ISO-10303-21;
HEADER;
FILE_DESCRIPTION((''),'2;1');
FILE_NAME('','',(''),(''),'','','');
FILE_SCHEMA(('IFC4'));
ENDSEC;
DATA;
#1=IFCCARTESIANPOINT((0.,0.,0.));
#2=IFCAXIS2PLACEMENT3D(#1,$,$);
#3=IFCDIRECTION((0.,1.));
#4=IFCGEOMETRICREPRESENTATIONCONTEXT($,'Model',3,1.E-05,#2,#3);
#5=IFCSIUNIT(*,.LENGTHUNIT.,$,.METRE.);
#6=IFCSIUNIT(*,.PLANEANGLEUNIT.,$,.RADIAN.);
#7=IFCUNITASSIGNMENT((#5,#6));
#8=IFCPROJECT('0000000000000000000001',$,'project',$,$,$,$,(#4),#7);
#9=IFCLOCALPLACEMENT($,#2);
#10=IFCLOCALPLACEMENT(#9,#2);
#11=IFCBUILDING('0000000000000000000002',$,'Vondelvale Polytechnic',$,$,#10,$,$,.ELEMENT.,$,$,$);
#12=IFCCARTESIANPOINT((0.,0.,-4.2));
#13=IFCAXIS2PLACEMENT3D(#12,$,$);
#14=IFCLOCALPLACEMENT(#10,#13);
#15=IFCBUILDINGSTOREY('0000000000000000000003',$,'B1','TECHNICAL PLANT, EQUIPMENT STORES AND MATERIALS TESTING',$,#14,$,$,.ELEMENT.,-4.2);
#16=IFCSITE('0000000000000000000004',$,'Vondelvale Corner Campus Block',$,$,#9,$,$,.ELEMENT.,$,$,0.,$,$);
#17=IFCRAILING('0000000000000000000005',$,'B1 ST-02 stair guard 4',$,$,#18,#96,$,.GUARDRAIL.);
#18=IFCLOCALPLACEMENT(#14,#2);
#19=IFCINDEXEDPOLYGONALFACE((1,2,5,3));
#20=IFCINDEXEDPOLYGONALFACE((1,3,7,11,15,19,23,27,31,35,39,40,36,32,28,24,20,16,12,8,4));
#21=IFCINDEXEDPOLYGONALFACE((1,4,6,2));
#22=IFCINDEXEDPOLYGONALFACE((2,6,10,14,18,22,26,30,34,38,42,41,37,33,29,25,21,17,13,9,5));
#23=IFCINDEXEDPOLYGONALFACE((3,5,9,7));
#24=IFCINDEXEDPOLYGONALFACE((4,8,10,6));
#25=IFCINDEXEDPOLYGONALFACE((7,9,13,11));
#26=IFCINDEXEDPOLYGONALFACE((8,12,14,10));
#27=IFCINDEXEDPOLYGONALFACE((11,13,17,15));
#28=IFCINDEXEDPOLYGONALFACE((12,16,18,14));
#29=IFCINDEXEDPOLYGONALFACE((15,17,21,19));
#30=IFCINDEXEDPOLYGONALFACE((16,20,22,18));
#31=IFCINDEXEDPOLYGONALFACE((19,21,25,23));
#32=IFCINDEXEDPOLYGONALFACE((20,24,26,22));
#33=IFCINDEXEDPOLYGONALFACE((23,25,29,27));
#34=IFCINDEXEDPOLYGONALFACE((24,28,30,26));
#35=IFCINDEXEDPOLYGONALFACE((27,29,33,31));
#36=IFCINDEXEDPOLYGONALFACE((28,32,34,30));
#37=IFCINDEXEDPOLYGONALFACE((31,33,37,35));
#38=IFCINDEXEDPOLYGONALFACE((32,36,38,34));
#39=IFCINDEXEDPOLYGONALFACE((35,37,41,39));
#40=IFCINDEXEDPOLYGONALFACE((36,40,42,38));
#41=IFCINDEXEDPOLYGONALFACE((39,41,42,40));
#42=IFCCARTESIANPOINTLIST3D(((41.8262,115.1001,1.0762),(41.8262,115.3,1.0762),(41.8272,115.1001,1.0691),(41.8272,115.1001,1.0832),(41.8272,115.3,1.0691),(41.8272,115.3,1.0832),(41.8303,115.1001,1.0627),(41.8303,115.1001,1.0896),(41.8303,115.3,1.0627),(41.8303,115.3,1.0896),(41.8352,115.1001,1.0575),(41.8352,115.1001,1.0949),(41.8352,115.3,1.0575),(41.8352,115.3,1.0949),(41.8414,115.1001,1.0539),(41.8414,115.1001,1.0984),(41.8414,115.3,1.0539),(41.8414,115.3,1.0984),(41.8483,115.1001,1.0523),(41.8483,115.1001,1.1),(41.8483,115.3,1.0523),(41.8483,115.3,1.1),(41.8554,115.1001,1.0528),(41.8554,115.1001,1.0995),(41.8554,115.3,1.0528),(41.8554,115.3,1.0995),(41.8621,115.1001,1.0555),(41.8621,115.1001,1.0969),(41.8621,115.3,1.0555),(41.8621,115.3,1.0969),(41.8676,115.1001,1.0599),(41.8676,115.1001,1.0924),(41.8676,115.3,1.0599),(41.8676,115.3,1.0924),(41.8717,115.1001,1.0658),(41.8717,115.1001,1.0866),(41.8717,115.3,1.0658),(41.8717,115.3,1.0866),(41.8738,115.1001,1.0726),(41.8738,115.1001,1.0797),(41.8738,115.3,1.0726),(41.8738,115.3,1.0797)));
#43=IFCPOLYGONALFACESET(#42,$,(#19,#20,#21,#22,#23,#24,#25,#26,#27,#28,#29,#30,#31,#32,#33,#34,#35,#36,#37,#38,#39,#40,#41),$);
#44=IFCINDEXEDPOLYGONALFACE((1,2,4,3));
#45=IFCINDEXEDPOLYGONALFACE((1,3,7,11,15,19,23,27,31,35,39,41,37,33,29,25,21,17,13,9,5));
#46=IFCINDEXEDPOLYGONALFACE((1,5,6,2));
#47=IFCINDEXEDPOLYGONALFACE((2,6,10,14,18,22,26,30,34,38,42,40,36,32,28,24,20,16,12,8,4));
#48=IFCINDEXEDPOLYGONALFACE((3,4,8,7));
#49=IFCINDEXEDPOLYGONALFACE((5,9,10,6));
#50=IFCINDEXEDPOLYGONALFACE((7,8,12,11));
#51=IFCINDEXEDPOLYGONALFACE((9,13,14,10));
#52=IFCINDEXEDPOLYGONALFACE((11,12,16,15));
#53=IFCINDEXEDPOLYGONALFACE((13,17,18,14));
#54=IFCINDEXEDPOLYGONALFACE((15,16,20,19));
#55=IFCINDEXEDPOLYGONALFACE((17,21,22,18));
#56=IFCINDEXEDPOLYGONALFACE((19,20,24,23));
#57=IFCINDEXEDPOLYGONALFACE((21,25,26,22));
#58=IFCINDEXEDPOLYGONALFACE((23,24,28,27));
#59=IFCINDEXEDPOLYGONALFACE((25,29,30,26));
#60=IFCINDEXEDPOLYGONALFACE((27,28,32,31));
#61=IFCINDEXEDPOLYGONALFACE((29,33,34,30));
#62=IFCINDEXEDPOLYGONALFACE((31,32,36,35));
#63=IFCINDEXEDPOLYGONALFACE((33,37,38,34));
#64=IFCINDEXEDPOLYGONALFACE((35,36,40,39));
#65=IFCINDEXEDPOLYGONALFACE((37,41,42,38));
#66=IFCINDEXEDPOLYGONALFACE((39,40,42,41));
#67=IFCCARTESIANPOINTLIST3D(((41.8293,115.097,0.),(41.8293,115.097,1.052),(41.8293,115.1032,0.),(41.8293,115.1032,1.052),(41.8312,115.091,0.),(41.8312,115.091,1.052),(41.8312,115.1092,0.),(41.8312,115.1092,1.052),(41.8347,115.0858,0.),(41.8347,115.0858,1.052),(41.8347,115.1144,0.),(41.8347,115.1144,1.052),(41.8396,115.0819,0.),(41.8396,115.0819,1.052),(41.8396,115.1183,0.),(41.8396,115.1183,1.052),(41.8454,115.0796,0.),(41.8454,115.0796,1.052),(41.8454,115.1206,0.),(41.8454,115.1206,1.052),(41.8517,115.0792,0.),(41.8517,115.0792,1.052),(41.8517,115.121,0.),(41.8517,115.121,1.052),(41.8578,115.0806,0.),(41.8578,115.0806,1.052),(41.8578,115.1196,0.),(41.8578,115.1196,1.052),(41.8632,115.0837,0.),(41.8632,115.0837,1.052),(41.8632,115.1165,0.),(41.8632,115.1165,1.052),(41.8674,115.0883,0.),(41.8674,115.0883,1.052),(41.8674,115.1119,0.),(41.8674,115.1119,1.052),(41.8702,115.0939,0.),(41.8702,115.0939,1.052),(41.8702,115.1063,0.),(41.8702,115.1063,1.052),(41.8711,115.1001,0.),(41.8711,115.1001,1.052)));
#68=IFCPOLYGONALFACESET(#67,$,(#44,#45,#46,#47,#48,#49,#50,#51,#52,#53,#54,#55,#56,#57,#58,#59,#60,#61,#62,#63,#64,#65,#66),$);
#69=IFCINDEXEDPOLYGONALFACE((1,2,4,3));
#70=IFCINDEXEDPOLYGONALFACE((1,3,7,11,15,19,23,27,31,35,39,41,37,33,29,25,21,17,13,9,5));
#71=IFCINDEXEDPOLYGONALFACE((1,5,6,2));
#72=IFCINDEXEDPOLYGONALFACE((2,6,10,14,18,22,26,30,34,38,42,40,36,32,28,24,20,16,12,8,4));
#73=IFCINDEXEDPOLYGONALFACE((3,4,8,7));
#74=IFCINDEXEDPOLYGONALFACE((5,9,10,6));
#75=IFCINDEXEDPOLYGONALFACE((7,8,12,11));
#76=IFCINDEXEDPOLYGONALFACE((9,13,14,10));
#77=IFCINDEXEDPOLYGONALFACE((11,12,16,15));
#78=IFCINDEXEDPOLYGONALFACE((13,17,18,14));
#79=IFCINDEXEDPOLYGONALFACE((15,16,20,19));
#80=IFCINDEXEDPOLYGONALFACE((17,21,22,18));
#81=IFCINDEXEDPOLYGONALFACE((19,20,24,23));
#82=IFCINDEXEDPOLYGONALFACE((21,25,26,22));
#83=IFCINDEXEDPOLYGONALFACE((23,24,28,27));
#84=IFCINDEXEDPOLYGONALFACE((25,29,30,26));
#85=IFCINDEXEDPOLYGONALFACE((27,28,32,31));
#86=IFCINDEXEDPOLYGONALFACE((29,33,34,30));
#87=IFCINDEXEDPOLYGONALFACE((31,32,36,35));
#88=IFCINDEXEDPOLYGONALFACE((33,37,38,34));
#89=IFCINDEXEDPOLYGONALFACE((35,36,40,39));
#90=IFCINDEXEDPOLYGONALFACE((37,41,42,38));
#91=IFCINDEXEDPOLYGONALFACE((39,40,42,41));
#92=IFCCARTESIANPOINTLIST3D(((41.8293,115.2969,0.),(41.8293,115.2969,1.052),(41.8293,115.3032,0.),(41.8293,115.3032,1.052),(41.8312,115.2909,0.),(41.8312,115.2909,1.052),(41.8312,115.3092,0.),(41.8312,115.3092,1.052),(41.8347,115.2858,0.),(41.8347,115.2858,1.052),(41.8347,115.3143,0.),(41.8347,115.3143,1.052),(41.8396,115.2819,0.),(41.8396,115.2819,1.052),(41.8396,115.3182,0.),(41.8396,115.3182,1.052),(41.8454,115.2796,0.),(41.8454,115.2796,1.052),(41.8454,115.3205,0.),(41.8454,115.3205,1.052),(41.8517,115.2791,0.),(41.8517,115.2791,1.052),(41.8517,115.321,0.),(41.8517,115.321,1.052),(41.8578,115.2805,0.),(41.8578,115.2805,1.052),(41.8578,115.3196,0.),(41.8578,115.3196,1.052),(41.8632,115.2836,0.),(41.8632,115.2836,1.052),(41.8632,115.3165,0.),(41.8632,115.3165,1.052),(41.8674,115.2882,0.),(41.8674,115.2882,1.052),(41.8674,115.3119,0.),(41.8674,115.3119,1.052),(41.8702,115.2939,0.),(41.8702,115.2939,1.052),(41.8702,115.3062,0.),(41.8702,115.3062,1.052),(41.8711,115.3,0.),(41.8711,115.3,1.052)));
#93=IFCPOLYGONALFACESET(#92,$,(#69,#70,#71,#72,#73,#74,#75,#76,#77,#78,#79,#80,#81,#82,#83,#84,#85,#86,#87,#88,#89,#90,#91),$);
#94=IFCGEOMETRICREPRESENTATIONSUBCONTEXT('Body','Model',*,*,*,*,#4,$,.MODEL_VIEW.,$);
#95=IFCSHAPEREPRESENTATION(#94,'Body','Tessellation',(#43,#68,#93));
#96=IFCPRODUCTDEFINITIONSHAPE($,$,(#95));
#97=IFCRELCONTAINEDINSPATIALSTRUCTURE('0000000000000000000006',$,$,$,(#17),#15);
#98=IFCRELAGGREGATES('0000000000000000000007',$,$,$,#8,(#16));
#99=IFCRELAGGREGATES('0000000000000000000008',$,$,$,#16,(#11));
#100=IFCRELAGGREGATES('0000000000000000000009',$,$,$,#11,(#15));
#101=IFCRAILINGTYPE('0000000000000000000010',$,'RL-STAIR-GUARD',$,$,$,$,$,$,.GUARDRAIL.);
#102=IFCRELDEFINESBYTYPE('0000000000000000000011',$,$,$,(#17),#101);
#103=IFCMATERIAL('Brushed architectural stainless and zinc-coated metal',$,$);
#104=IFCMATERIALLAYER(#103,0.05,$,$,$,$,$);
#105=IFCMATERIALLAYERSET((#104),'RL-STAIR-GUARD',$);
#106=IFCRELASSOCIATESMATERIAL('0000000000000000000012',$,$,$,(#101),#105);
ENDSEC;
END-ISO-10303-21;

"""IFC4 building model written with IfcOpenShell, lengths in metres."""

from ifc_helpers import new_model, si_unit, direction, frame, origin, origin_2d, place, context, subcontext, project, spatial, circle, extrude, material, layer, layer_set, type_object, element, save


model = new_model("IFC4")

# Units and contexts
model_context = context("Model", 3, precision=1e-05, world=origin(), true_north=direction((0.0, 1.0)))
body_context = subcontext(model_context, "Body", "Model", "MODEL_VIEW")
ifc_project = project(units=[si_unit("LENGTHUNIT", "METRE"), si_unit("PLANEANGLEUNIT", "RADIAN")], contexts=[model_context])

# Site, building, storey
site_placement = place(None, origin())
site = spatial("IfcSite", under=ifc_project, at=site_placement, Name="Vondelvale Corner Campus Block", CompositionType="ELEMENT", RefElevation=0.0)
building_placement = place(site_placement, origin())
building = spatial("IfcBuilding", under=site, at=building_placement, Name="Vondelvale Polytechnic", CompositionType="ELEMENT")
storey_placement = place(building_placement, frame((0.0, 0.0, -4.2)))
storey = spatial("IfcBuildingStorey", under=building, at=storey_placement, Name="B1", Description="TECHNICAL PLANT, EQUIPMENT STORES AND MATERIALS TESTING", CompositionType="ELEMENT", Elevation=-4.2)

# Shared definitions
ifc_material_1 = material(Name="Brushed architectural stainless and zinc-coated metal")

# Railing
ifc_layer_1 = layer(ifc_material_1, 0.05)
ifc_layer_set_1 = layer_set([ifc_layer_1], Name="RL-STAIR-GUARD")
railing_type_1 = type_object("IfcRailingType", Name="RL-STAIR-GUARD", PredefinedType="GUARDRAIL", material=ifc_layer_set_1)
railing_1_placement = place(storey_placement, frame((41.8501, 115.1001, 0.0)))
element("IfcRailing", 1, at=railing_1_placement, inside=storey, type_object=railing_type_1, Name="B1 ST-02 stair guard 4", PredefinedType="GUARDRAIL", context=body_context, shape_type="SweptSolid", body=[
    extrude(circle(Radius=0.0239, at=origin_2d()), frame((0.0, 0.0, 1.0762), z_axis=(0.0, 1.0, 0.0), x_axis=(-1.0, 0.0, 0.0)), (0.0, 0.0, 1.0), 0.2),
    extrude(circle(Radius=0.021, at=origin_2d()), origin(), (0.0, 0.0, 1.0), 1.052),
    extrude(circle(Radius=0.021, at=origin_2d()), frame((0.0, 0.2, 0.0)), (0.0, 0.0, 1.0), 1.052),
])

save(model, "model.ifc")
